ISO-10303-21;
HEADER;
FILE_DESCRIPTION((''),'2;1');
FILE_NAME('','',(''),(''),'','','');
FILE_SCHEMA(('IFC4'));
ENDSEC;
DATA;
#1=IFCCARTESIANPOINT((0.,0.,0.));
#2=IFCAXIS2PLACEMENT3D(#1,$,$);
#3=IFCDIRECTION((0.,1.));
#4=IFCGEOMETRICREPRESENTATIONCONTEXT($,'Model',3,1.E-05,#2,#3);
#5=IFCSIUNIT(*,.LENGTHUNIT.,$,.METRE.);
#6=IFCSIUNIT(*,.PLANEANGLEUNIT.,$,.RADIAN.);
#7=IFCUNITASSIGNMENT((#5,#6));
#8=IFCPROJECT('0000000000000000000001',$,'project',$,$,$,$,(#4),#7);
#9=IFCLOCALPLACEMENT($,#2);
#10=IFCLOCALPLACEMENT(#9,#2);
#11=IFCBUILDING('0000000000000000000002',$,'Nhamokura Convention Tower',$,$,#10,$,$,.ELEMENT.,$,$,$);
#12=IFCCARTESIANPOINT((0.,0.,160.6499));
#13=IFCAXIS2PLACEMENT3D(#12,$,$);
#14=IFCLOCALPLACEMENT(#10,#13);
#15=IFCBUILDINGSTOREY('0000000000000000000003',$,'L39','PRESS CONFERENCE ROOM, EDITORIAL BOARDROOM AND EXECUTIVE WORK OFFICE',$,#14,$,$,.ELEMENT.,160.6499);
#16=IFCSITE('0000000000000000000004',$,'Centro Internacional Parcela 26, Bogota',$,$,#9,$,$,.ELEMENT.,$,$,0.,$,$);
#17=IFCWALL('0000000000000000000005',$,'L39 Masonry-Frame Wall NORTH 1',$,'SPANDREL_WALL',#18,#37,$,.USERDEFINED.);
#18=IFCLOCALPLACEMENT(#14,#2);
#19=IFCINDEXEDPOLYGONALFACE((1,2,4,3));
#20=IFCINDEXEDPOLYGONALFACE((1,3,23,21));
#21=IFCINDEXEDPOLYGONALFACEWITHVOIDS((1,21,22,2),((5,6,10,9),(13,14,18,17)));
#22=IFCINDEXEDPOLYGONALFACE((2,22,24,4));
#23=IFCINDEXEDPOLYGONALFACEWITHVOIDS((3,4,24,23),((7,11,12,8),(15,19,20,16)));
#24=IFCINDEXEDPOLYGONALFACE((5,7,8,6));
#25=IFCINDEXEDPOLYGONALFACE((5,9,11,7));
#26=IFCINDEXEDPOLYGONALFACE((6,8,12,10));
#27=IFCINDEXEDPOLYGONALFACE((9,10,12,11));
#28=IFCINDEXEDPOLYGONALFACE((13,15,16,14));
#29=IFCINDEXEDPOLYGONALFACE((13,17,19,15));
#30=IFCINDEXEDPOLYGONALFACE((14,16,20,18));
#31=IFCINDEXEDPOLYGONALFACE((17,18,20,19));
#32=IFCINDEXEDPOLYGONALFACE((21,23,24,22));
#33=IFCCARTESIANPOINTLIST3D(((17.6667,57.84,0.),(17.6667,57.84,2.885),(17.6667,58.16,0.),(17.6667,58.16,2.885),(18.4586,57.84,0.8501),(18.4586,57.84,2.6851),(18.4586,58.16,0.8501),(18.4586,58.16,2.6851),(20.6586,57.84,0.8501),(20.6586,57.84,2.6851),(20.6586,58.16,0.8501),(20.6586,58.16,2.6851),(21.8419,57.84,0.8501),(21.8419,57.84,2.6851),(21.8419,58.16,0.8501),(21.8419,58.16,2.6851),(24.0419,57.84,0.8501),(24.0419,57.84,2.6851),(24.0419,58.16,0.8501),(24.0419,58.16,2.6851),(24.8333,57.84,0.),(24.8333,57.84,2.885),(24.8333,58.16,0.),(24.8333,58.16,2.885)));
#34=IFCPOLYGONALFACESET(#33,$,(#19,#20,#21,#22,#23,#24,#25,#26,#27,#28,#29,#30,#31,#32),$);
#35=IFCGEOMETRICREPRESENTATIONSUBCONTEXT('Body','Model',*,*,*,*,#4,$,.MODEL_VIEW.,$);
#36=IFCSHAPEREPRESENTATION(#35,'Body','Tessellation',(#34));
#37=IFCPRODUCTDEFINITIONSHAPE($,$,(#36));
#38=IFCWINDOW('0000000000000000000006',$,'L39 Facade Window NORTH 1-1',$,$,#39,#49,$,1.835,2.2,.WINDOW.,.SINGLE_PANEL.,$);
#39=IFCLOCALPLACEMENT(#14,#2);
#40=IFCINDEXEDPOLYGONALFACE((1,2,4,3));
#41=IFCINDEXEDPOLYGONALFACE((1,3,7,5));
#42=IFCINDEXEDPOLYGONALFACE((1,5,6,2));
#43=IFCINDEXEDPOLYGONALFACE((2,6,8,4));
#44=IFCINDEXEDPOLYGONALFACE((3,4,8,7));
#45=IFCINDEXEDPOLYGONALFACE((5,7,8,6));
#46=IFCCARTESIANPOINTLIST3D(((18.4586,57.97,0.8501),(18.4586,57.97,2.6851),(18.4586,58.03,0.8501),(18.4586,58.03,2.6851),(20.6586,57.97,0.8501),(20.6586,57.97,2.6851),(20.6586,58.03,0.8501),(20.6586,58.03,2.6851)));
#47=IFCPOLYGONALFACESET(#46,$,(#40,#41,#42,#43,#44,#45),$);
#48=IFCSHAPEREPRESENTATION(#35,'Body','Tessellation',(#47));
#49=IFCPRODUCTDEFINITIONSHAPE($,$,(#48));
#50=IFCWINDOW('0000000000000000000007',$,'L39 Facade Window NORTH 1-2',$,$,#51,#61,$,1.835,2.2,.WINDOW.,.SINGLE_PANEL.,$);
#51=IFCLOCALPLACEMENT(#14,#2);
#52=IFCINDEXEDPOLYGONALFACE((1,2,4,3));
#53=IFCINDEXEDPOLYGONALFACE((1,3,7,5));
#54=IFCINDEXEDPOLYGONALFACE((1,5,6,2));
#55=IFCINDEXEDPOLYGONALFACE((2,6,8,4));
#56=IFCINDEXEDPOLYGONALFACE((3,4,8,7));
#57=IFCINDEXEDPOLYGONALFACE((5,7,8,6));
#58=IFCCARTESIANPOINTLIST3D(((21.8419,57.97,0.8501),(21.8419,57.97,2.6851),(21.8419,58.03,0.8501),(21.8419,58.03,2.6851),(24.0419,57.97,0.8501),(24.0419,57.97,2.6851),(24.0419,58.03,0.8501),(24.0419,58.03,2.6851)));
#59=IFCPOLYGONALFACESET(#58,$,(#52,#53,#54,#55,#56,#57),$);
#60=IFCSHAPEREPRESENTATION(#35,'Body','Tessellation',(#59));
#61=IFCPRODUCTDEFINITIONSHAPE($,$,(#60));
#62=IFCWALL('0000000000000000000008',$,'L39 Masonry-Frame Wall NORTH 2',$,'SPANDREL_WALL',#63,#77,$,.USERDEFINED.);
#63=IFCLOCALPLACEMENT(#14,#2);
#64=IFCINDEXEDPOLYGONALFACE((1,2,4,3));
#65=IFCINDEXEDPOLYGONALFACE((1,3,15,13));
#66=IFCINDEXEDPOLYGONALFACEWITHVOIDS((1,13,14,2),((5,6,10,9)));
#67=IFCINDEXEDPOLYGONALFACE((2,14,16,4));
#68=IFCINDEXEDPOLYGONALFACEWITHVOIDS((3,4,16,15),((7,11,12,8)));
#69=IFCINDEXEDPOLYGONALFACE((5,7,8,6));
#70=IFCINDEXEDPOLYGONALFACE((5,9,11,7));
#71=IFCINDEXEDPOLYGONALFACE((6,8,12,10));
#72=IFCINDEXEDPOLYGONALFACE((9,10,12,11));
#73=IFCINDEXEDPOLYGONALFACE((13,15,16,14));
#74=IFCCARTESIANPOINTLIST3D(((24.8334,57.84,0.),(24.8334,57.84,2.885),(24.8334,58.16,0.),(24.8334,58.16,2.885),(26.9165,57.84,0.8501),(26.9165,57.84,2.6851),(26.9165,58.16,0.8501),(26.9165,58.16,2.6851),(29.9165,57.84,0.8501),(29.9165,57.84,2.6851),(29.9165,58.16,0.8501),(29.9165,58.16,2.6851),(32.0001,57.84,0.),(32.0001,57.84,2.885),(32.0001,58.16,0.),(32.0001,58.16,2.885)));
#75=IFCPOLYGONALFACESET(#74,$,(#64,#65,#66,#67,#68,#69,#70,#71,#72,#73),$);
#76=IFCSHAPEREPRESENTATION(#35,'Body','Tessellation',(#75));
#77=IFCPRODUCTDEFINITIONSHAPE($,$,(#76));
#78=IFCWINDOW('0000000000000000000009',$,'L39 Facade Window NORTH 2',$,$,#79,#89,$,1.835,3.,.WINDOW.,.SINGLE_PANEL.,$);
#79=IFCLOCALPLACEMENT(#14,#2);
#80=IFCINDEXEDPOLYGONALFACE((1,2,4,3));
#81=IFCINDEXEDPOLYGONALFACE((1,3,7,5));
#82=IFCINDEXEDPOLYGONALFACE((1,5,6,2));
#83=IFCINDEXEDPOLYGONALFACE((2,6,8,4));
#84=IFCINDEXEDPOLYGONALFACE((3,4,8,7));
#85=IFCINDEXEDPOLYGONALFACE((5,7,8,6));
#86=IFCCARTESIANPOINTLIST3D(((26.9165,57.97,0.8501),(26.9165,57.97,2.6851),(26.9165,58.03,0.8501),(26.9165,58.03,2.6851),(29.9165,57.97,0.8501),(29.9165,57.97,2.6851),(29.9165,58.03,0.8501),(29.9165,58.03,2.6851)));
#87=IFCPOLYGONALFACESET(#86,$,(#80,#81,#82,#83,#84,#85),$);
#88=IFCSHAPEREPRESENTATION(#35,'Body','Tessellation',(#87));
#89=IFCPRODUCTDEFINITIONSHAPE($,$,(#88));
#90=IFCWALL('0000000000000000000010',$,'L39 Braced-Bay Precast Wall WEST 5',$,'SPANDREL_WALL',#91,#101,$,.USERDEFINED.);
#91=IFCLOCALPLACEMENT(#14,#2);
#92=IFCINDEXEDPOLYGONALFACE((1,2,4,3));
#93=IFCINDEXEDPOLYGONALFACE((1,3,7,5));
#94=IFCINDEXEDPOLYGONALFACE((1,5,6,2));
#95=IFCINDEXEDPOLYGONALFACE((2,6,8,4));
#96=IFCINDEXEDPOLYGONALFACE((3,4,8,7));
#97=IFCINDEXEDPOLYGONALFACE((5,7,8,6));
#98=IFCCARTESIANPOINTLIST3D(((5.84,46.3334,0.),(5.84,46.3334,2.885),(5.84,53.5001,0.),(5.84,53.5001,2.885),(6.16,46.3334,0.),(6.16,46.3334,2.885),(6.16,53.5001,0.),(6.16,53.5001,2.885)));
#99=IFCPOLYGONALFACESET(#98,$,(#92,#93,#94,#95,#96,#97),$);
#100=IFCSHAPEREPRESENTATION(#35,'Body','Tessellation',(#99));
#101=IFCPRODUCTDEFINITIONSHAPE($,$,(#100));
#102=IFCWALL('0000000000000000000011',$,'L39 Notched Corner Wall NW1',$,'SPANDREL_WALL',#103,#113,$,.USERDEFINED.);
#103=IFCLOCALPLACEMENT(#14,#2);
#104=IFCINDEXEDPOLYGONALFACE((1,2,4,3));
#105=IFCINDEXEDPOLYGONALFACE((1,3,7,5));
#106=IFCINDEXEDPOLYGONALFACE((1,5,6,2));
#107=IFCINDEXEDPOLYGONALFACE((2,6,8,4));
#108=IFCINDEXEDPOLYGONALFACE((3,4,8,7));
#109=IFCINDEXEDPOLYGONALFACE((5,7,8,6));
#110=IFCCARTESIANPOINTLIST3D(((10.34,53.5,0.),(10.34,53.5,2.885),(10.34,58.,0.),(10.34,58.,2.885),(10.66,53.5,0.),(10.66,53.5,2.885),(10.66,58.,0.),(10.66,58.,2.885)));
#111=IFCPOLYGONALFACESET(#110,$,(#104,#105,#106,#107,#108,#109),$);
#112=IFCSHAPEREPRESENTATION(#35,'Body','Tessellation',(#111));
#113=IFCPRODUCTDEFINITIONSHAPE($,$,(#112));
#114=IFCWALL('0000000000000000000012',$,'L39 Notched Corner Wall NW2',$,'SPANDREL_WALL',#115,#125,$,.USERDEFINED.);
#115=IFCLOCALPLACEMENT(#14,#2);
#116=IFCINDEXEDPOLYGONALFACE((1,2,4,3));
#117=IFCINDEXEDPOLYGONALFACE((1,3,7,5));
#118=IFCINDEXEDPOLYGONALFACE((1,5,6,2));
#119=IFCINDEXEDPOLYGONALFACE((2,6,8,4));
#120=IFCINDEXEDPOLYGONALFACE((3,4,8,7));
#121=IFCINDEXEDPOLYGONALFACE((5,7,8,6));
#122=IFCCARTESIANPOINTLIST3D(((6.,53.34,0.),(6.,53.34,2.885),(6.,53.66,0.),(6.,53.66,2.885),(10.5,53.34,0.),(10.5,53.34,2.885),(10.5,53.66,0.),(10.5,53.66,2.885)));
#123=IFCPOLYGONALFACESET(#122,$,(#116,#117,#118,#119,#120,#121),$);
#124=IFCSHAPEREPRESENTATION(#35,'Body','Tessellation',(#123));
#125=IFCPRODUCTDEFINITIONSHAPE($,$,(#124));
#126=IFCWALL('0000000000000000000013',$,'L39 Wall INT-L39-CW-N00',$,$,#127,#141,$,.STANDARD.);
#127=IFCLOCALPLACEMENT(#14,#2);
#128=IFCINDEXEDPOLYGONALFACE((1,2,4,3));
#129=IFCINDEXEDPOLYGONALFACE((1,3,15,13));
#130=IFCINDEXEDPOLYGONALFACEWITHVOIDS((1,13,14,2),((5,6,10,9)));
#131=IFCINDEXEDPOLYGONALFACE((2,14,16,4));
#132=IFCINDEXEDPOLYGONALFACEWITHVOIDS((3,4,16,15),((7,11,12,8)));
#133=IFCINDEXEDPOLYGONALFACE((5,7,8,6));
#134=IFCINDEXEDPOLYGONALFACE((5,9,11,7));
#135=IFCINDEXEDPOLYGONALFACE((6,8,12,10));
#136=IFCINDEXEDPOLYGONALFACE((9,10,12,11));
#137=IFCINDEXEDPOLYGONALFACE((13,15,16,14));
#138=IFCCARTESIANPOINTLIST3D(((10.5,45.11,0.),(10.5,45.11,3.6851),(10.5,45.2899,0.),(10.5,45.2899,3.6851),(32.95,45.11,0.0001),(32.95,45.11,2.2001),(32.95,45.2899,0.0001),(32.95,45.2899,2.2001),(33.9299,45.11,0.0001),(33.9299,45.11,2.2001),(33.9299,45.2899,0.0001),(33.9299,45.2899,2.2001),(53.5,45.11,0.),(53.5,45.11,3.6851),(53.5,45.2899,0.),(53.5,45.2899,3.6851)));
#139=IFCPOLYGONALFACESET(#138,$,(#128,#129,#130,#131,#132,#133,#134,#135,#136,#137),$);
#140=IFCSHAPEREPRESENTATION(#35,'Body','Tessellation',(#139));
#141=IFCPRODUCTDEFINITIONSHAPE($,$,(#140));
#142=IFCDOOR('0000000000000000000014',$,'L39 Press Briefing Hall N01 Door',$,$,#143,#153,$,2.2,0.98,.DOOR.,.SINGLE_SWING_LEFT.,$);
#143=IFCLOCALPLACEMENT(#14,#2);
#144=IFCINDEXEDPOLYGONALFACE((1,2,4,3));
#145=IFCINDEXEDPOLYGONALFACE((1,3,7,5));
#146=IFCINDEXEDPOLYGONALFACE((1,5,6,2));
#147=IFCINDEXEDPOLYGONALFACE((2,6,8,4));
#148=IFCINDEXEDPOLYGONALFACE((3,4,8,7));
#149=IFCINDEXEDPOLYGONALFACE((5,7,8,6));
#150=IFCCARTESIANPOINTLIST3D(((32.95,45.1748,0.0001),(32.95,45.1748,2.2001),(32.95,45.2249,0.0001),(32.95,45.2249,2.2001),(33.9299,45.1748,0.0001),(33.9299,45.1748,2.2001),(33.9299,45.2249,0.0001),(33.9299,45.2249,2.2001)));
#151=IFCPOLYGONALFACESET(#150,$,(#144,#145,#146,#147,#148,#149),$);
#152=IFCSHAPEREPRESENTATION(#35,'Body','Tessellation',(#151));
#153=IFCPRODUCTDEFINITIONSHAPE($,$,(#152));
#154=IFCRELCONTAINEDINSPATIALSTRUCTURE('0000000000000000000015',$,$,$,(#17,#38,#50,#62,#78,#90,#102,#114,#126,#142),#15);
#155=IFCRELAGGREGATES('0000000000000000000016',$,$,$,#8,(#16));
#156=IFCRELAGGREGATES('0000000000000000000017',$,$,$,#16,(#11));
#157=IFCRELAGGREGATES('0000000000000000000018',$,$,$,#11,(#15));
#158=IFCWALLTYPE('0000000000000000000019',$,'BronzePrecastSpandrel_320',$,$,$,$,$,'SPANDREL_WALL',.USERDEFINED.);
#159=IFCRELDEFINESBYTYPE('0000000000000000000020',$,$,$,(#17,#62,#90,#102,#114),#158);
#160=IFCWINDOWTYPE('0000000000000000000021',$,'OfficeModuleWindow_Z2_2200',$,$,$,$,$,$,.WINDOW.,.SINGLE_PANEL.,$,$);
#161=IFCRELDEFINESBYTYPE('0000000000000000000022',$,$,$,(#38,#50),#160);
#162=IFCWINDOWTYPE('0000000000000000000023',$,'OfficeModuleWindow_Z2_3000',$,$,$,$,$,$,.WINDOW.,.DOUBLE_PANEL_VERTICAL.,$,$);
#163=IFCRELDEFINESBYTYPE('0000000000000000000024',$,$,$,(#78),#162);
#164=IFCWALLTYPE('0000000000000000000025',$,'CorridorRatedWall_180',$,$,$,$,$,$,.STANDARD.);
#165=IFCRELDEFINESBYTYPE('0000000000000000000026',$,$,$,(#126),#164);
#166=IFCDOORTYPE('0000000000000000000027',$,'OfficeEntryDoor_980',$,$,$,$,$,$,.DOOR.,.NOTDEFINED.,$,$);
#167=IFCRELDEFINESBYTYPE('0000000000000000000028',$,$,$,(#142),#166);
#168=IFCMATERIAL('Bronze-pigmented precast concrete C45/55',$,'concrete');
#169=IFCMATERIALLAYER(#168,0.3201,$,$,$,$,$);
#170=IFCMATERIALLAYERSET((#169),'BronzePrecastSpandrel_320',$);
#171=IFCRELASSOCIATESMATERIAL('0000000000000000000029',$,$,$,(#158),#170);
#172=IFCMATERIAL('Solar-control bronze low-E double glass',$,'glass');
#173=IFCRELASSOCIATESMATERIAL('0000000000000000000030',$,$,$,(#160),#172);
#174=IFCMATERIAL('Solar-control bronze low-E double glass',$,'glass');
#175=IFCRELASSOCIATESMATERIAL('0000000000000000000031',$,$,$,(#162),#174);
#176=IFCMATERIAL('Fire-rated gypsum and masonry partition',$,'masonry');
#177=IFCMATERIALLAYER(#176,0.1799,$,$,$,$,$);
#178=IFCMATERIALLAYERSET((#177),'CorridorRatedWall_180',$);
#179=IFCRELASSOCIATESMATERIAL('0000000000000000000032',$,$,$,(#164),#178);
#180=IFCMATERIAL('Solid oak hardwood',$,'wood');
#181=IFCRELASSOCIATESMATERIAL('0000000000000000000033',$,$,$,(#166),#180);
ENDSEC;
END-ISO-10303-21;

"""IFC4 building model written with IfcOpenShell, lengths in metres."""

from ifc_helpers import new_model, si_unit, direction, frame, frame_2d, origin, place, context, subcontext, project, spatial, rectangle, extrude, material, layer, layer_set, type_object, element, fill, save


model = new_model("IFC4")

# Units and contexts
model_context = context("Model", 3, precision=1e-05, world=origin(), true_north=direction((0.0, 1.0)))
body_context = subcontext(model_context, "Body", "Model", "MODEL_VIEW")
ifc_project = project(units=[si_unit("LENGTHUNIT", "METRE"), si_unit("PLANEANGLEUNIT", "RADIAN")], contexts=[model_context])

# Site, building, storey
site_placement = place(None, origin())
site = spatial("IfcSite", under=ifc_project, at=site_placement, Name="Centro Internacional Parcela 26, Bogota", CompositionType="ELEMENT", RefElevation=0.0)
building_placement = place(site_placement, origin())
building = spatial("IfcBuilding", under=site, at=building_placement, Name="Nhamokura Convention Tower", CompositionType="ELEMENT")
storey_placement = place(building_placement, frame((0.0, 0.0, 160.6499)))
storey = spatial("IfcBuildingStorey", under=building, at=storey_placement, Name="L39", Description="PRESS CONFERENCE ROOM, EDITORIAL BOARDROOM AND EXECUTIVE WORK OFFICE", CompositionType="ELEMENT", Elevation=160.6499)

# Shared definitions
ifc_material_1 = material(Name="Bronze-pigmented precast concrete C45/55", Category="concrete")
ifc_layer_1 = layer(ifc_material_1, 0.3201)
ifc_layer_set_1 = layer_set([ifc_layer_1], Name="BronzePrecastSpandrel_320")
wall_type_1 = type_object("IfcWallType", Name="BronzePrecastSpandrel_320", ElementType="SPANDREL_WALL", PredefinedType="USERDEFINED", material=ifc_layer_set_1)

# Wall, openings, windows
wall_1_placement = place(storey_placement, frame((17.6667, 58.0, 0.0), z_axis=(0.0, 0.0, 1.0), x_axis=(1.0, 0.0, 0.0)))
wall_1 = element("IfcWall", 1, at=wall_1_placement, inside=storey, type_object=wall_type_1, Name="L39 Masonry-Frame Wall NORTH 1", ObjectType="SPANDREL_WALL", PredefinedType="USERDEFINED", context=body_context, shape_type="SweptSolid", body=[
    extrude(rectangle(XDim=7.1665, YDim=0.3201, at=frame_2d((3.5833, 0.0))), origin(), (0.0, 0.0, 1.0), 2.885),
])
opening_1_placement = place(wall_1_placement, frame((0.7917, 0.0, 0.8501)))
opening_1 = element("IfcOpeningElement", 2, at=opening_1_placement, cuts=wall_1, PredefinedType="OPENING", context=body_context, shape_type="SweptSolid", body=[
    extrude(rectangle(XDim=2.2, YDim=1.835, at=frame_2d((1.1001, 0.9175))), frame((0.0, 0.1699, 0.0), z_axis=(0.0, -1.0, 0.0), x_axis=(1.0, 0.0, 0.0)), (0.0, 0.0, 1.0), 0.3401),
])
opening_2_placement = place(wall_1_placement, frame((4.175, 0.0, 0.8501)))
opening_2 = element("IfcOpeningElement", 3, at=opening_2_placement, cuts=wall_1, PredefinedType="OPENING", context=body_context, shape_type="SweptSolid", body=[
    extrude(rectangle(XDim=2.2, YDim=1.835, at=frame_2d((1.1001, 0.9175))), frame((0.0, 0.1699, 0.0), z_axis=(0.0, -1.0, 0.0), x_axis=(1.0, 0.0, 0.0)), (0.0, 0.0, 1.0), 0.3401),
])
ifc_material_2 = material(Name="Solar-control bronze low-E double glass", Category="glass")
window_type_1 = type_object("IfcWindowType", Name="OfficeModuleWindow_Z2_2200", PartitioningType="SINGLE_PANEL", PredefinedType="WINDOW", material=ifc_material_2)
window_1_placement = place(opening_1_placement, origin())
window_1 = element("IfcWindow", 4, at=window_1_placement, inside=storey, type_object=window_type_1, Name="L39 Facade Window NORTH 1-1", OverallHeight=1.835, OverallWidth=2.2, PartitioningType="SINGLE_PANEL", PredefinedType="WINDOW", context=body_context, shape_type="SweptSolid", body=[
    extrude(rectangle(XDim=2.2, YDim=1.835, at=frame_2d((1.1001, 0.9175))), frame((0.0, 0.03, 0.0), z_axis=(0.0, -1.0, 0.0), x_axis=(1.0, 0.0, 0.0)), (0.0, 0.0, 1.0), 0.0601),
])
fill(opening_1, window_1)
window_2_placement = place(opening_2_placement, origin())
window_2 = element("IfcWindow", 5, at=window_2_placement, inside=storey, type_object=window_type_1, Name="L39 Facade Window NORTH 1-2", OverallHeight=1.835, OverallWidth=2.2, PartitioningType="SINGLE_PANEL", PredefinedType="WINDOW", context=body_context, shape_type="SweptSolid", body=[
    extrude(rectangle(XDim=2.2, YDim=1.835, at=frame_2d((1.1001, 0.9175))), frame((0.0, 0.03, 0.0), z_axis=(0.0, -1.0, 0.0), x_axis=(1.0, 0.0, 0.0)), (0.0, 0.0, 1.0), 0.0601),
])
fill(opening_2, window_2)

# Wall, opening, window
wall_2_placement = place(storey_placement, frame((24.8333, 58.0, 0.0), z_axis=(0.0, 0.0, 1.0), x_axis=(1.0, 0.0, 0.0)))
wall_2 = element("IfcWall", 6, at=wall_2_placement, inside=storey, type_object=wall_type_1, Name="L39 Masonry-Frame Wall NORTH 2", ObjectType="SPANDREL_WALL", PredefinedType="USERDEFINED", context=body_context, shape_type="SweptSolid", body=[
    extrude(rectangle(XDim=7.1667, YDim=0.3201, at=frame_2d((3.5835, 0.0))), origin(), (0.0, 0.0, 1.0), 2.885),
])
opening_3_placement = place(wall_2_placement, frame((2.0833, 0.0, 0.8501)))
opening_3 = element("IfcOpeningElement", 7, at=opening_3_placement, cuts=wall_2, PredefinedType="OPENING", context=body_context, shape_type="SweptSolid", body=[
    extrude(rectangle(XDim=3.0, YDim=1.835, at=frame_2d((1.5, 0.9175))), frame((0.0, 0.1699, 0.0), z_axis=(0.0, -1.0, 0.0), x_axis=(1.0, 0.0, 0.0)), (0.0, 0.0, 1.0), 0.3401),
])
ifc_material_3 = material(Name="Solar-control bronze low-E double glass", Category="glass")
window_type_2 = type_object("IfcWindowType", Name="OfficeModuleWindow_Z2_3000", PartitioningType="DOUBLE_PANEL_VERTICAL", PredefinedType="WINDOW", material=ifc_material_3)
window_3_placement = place(opening_3_placement, origin())
window_3 = element("IfcWindow", 8, at=window_3_placement, inside=storey, type_object=window_type_2, Name="L39 Facade Window NORTH 2", OverallHeight=1.835, OverallWidth=3.0, PartitioningType="SINGLE_PANEL", PredefinedType="WINDOW", context=body_context, shape_type="SweptSolid", body=[
    extrude(rectangle(XDim=3.0, YDim=1.835, at=frame_2d((1.5, 0.9175))), frame((0.0, 0.03, 0.0), z_axis=(0.0, -1.0, 0.0), x_axis=(1.0, 0.0, 0.0)), (0.0, 0.0, 1.0), 0.0601),
])
fill(opening_3, window_3)

# Walls
wall_3_placement = place(storey_placement, frame((6.0, 46.3333, 0.0), z_axis=(0.0, 0.0, 1.0), x_axis=(0.0, 1.0, 0.0)))
element("IfcWall", 9, at=wall_3_placement, inside=storey, type_object=wall_type_1, Name="L39 Braced-Bay Precast Wall WEST 5", ObjectType="SPANDREL_WALL", PredefinedType="USERDEFINED", context=body_context, shape_type="SweptSolid", body=[
    extrude(rectangle(XDim=7.1667, YDim=0.3201, at=frame_2d((3.5835, 0.0))), origin(), (0.0, 0.0, 1.0), 2.885),
])
for number, where, z_axis, x_axis, name in (
    (10, (10.5, 53.5, 0.0), (0.0, 0.0, 1.0), (0.0, 1.0, 0.0), "L39 Notched Corner Wall NW1"),
    (11, (6.0, 53.5, 0.0), (0.0, 0.0, 1.0), (1.0, 0.0, 0.0), "L39 Notched Corner Wall NW2"),
):
    element("IfcWall", number, at=place(storey_placement, frame(where, z_axis=z_axis, x_axis=x_axis)), inside=storey, type_object=wall_type_1, Name=name, ObjectType="SPANDREL_WALL", PredefinedType="USERDEFINED", context=body_context, shape_type="SweptSolid", body=[
        extrude(rectangle(XDim=4.5, YDim=0.3201, at=frame_2d((2.25, 0.0))), origin(), (0.0, 0.0, 1.0), 2.885),
    ])

# Wall, opening, door
ifc_material_4 = material(Name="Fire-rated gypsum and masonry partition", Category="masonry")
ifc_layer_2 = layer(ifc_material_4, 0.1799)
ifc_layer_set_2 = layer_set([ifc_layer_2], Name="CorridorRatedWall_180")
wall_type_2 = type_object("IfcWallType", Name="CorridorRatedWall_180", PredefinedType="STANDARD", material=ifc_layer_set_2)
wall_4_placement = place(storey_placement, frame((10.5, 45.2, 0.0), z_axis=(0.0, 0.0, 1.0), x_axis=(1.0, 0.0, 0.0)))
wall_4 = element("IfcWall", 12, at=wall_4_placement, inside=storey, type_object=wall_type_2, Name="L39 Wall INT-L39-CW-N00", PredefinedType="STANDARD", context=body_context, shape_type="SweptSolid", body=[
    extrude(rectangle(XDim=43.0, YDim=0.1799, at=frame_2d((21.5, 0.0))), origin(), (0.0, 0.0, 1.0), 3.6851),
])
opening_4_placement = place(wall_4_placement, frame((22.45, 0.0, 0.0)))
opening_4 = element("IfcOpeningElement", 13, at=opening_4_placement, cuts=wall_4, PredefinedType="OPENING", context=body_context, shape_type="SweptSolid", body=[
    extrude(rectangle(XDim=0.98, YDim=2.2, at=frame_2d((0.49, 1.1001))), frame((0.0, 0.0999, 0.0), z_axis=(0.0, -1.0, 0.0), x_axis=(1.0, 0.0, 0.0)), (0.0, 0.0, 1.0), 0.2),
])
ifc_material_5 = material(Name="Solid oak hardwood", Category="wood")
door_type = type_object("IfcDoorType", Name="OfficeEntryDoor_980", OperationType="NOTDEFINED", PredefinedType="DOOR", material=ifc_material_5)
door_placement = place(opening_4_placement, origin())
door = element("IfcDoor", 14, at=door_placement, inside=storey, type_object=door_type, Name="L39 Press Briefing Hall N01 Door", OperationType="SINGLE_SWING_LEFT", OverallHeight=2.2, OverallWidth=0.98, PredefinedType="DOOR", context=body_context, shape_type="SweptSolid", body=[
    extrude(rectangle(XDim=0.98, YDim=2.2, at=frame_2d((0.49, 1.1001))), frame((0.0, 0.0249, 0.0), z_axis=(0.0, -1.0, 0.0), x_axis=(1.0, 0.0, 0.0)), (0.0, 0.0, 1.0), 0.05),
])
fill(opening_4, door)

save(model, "model.ifc")
